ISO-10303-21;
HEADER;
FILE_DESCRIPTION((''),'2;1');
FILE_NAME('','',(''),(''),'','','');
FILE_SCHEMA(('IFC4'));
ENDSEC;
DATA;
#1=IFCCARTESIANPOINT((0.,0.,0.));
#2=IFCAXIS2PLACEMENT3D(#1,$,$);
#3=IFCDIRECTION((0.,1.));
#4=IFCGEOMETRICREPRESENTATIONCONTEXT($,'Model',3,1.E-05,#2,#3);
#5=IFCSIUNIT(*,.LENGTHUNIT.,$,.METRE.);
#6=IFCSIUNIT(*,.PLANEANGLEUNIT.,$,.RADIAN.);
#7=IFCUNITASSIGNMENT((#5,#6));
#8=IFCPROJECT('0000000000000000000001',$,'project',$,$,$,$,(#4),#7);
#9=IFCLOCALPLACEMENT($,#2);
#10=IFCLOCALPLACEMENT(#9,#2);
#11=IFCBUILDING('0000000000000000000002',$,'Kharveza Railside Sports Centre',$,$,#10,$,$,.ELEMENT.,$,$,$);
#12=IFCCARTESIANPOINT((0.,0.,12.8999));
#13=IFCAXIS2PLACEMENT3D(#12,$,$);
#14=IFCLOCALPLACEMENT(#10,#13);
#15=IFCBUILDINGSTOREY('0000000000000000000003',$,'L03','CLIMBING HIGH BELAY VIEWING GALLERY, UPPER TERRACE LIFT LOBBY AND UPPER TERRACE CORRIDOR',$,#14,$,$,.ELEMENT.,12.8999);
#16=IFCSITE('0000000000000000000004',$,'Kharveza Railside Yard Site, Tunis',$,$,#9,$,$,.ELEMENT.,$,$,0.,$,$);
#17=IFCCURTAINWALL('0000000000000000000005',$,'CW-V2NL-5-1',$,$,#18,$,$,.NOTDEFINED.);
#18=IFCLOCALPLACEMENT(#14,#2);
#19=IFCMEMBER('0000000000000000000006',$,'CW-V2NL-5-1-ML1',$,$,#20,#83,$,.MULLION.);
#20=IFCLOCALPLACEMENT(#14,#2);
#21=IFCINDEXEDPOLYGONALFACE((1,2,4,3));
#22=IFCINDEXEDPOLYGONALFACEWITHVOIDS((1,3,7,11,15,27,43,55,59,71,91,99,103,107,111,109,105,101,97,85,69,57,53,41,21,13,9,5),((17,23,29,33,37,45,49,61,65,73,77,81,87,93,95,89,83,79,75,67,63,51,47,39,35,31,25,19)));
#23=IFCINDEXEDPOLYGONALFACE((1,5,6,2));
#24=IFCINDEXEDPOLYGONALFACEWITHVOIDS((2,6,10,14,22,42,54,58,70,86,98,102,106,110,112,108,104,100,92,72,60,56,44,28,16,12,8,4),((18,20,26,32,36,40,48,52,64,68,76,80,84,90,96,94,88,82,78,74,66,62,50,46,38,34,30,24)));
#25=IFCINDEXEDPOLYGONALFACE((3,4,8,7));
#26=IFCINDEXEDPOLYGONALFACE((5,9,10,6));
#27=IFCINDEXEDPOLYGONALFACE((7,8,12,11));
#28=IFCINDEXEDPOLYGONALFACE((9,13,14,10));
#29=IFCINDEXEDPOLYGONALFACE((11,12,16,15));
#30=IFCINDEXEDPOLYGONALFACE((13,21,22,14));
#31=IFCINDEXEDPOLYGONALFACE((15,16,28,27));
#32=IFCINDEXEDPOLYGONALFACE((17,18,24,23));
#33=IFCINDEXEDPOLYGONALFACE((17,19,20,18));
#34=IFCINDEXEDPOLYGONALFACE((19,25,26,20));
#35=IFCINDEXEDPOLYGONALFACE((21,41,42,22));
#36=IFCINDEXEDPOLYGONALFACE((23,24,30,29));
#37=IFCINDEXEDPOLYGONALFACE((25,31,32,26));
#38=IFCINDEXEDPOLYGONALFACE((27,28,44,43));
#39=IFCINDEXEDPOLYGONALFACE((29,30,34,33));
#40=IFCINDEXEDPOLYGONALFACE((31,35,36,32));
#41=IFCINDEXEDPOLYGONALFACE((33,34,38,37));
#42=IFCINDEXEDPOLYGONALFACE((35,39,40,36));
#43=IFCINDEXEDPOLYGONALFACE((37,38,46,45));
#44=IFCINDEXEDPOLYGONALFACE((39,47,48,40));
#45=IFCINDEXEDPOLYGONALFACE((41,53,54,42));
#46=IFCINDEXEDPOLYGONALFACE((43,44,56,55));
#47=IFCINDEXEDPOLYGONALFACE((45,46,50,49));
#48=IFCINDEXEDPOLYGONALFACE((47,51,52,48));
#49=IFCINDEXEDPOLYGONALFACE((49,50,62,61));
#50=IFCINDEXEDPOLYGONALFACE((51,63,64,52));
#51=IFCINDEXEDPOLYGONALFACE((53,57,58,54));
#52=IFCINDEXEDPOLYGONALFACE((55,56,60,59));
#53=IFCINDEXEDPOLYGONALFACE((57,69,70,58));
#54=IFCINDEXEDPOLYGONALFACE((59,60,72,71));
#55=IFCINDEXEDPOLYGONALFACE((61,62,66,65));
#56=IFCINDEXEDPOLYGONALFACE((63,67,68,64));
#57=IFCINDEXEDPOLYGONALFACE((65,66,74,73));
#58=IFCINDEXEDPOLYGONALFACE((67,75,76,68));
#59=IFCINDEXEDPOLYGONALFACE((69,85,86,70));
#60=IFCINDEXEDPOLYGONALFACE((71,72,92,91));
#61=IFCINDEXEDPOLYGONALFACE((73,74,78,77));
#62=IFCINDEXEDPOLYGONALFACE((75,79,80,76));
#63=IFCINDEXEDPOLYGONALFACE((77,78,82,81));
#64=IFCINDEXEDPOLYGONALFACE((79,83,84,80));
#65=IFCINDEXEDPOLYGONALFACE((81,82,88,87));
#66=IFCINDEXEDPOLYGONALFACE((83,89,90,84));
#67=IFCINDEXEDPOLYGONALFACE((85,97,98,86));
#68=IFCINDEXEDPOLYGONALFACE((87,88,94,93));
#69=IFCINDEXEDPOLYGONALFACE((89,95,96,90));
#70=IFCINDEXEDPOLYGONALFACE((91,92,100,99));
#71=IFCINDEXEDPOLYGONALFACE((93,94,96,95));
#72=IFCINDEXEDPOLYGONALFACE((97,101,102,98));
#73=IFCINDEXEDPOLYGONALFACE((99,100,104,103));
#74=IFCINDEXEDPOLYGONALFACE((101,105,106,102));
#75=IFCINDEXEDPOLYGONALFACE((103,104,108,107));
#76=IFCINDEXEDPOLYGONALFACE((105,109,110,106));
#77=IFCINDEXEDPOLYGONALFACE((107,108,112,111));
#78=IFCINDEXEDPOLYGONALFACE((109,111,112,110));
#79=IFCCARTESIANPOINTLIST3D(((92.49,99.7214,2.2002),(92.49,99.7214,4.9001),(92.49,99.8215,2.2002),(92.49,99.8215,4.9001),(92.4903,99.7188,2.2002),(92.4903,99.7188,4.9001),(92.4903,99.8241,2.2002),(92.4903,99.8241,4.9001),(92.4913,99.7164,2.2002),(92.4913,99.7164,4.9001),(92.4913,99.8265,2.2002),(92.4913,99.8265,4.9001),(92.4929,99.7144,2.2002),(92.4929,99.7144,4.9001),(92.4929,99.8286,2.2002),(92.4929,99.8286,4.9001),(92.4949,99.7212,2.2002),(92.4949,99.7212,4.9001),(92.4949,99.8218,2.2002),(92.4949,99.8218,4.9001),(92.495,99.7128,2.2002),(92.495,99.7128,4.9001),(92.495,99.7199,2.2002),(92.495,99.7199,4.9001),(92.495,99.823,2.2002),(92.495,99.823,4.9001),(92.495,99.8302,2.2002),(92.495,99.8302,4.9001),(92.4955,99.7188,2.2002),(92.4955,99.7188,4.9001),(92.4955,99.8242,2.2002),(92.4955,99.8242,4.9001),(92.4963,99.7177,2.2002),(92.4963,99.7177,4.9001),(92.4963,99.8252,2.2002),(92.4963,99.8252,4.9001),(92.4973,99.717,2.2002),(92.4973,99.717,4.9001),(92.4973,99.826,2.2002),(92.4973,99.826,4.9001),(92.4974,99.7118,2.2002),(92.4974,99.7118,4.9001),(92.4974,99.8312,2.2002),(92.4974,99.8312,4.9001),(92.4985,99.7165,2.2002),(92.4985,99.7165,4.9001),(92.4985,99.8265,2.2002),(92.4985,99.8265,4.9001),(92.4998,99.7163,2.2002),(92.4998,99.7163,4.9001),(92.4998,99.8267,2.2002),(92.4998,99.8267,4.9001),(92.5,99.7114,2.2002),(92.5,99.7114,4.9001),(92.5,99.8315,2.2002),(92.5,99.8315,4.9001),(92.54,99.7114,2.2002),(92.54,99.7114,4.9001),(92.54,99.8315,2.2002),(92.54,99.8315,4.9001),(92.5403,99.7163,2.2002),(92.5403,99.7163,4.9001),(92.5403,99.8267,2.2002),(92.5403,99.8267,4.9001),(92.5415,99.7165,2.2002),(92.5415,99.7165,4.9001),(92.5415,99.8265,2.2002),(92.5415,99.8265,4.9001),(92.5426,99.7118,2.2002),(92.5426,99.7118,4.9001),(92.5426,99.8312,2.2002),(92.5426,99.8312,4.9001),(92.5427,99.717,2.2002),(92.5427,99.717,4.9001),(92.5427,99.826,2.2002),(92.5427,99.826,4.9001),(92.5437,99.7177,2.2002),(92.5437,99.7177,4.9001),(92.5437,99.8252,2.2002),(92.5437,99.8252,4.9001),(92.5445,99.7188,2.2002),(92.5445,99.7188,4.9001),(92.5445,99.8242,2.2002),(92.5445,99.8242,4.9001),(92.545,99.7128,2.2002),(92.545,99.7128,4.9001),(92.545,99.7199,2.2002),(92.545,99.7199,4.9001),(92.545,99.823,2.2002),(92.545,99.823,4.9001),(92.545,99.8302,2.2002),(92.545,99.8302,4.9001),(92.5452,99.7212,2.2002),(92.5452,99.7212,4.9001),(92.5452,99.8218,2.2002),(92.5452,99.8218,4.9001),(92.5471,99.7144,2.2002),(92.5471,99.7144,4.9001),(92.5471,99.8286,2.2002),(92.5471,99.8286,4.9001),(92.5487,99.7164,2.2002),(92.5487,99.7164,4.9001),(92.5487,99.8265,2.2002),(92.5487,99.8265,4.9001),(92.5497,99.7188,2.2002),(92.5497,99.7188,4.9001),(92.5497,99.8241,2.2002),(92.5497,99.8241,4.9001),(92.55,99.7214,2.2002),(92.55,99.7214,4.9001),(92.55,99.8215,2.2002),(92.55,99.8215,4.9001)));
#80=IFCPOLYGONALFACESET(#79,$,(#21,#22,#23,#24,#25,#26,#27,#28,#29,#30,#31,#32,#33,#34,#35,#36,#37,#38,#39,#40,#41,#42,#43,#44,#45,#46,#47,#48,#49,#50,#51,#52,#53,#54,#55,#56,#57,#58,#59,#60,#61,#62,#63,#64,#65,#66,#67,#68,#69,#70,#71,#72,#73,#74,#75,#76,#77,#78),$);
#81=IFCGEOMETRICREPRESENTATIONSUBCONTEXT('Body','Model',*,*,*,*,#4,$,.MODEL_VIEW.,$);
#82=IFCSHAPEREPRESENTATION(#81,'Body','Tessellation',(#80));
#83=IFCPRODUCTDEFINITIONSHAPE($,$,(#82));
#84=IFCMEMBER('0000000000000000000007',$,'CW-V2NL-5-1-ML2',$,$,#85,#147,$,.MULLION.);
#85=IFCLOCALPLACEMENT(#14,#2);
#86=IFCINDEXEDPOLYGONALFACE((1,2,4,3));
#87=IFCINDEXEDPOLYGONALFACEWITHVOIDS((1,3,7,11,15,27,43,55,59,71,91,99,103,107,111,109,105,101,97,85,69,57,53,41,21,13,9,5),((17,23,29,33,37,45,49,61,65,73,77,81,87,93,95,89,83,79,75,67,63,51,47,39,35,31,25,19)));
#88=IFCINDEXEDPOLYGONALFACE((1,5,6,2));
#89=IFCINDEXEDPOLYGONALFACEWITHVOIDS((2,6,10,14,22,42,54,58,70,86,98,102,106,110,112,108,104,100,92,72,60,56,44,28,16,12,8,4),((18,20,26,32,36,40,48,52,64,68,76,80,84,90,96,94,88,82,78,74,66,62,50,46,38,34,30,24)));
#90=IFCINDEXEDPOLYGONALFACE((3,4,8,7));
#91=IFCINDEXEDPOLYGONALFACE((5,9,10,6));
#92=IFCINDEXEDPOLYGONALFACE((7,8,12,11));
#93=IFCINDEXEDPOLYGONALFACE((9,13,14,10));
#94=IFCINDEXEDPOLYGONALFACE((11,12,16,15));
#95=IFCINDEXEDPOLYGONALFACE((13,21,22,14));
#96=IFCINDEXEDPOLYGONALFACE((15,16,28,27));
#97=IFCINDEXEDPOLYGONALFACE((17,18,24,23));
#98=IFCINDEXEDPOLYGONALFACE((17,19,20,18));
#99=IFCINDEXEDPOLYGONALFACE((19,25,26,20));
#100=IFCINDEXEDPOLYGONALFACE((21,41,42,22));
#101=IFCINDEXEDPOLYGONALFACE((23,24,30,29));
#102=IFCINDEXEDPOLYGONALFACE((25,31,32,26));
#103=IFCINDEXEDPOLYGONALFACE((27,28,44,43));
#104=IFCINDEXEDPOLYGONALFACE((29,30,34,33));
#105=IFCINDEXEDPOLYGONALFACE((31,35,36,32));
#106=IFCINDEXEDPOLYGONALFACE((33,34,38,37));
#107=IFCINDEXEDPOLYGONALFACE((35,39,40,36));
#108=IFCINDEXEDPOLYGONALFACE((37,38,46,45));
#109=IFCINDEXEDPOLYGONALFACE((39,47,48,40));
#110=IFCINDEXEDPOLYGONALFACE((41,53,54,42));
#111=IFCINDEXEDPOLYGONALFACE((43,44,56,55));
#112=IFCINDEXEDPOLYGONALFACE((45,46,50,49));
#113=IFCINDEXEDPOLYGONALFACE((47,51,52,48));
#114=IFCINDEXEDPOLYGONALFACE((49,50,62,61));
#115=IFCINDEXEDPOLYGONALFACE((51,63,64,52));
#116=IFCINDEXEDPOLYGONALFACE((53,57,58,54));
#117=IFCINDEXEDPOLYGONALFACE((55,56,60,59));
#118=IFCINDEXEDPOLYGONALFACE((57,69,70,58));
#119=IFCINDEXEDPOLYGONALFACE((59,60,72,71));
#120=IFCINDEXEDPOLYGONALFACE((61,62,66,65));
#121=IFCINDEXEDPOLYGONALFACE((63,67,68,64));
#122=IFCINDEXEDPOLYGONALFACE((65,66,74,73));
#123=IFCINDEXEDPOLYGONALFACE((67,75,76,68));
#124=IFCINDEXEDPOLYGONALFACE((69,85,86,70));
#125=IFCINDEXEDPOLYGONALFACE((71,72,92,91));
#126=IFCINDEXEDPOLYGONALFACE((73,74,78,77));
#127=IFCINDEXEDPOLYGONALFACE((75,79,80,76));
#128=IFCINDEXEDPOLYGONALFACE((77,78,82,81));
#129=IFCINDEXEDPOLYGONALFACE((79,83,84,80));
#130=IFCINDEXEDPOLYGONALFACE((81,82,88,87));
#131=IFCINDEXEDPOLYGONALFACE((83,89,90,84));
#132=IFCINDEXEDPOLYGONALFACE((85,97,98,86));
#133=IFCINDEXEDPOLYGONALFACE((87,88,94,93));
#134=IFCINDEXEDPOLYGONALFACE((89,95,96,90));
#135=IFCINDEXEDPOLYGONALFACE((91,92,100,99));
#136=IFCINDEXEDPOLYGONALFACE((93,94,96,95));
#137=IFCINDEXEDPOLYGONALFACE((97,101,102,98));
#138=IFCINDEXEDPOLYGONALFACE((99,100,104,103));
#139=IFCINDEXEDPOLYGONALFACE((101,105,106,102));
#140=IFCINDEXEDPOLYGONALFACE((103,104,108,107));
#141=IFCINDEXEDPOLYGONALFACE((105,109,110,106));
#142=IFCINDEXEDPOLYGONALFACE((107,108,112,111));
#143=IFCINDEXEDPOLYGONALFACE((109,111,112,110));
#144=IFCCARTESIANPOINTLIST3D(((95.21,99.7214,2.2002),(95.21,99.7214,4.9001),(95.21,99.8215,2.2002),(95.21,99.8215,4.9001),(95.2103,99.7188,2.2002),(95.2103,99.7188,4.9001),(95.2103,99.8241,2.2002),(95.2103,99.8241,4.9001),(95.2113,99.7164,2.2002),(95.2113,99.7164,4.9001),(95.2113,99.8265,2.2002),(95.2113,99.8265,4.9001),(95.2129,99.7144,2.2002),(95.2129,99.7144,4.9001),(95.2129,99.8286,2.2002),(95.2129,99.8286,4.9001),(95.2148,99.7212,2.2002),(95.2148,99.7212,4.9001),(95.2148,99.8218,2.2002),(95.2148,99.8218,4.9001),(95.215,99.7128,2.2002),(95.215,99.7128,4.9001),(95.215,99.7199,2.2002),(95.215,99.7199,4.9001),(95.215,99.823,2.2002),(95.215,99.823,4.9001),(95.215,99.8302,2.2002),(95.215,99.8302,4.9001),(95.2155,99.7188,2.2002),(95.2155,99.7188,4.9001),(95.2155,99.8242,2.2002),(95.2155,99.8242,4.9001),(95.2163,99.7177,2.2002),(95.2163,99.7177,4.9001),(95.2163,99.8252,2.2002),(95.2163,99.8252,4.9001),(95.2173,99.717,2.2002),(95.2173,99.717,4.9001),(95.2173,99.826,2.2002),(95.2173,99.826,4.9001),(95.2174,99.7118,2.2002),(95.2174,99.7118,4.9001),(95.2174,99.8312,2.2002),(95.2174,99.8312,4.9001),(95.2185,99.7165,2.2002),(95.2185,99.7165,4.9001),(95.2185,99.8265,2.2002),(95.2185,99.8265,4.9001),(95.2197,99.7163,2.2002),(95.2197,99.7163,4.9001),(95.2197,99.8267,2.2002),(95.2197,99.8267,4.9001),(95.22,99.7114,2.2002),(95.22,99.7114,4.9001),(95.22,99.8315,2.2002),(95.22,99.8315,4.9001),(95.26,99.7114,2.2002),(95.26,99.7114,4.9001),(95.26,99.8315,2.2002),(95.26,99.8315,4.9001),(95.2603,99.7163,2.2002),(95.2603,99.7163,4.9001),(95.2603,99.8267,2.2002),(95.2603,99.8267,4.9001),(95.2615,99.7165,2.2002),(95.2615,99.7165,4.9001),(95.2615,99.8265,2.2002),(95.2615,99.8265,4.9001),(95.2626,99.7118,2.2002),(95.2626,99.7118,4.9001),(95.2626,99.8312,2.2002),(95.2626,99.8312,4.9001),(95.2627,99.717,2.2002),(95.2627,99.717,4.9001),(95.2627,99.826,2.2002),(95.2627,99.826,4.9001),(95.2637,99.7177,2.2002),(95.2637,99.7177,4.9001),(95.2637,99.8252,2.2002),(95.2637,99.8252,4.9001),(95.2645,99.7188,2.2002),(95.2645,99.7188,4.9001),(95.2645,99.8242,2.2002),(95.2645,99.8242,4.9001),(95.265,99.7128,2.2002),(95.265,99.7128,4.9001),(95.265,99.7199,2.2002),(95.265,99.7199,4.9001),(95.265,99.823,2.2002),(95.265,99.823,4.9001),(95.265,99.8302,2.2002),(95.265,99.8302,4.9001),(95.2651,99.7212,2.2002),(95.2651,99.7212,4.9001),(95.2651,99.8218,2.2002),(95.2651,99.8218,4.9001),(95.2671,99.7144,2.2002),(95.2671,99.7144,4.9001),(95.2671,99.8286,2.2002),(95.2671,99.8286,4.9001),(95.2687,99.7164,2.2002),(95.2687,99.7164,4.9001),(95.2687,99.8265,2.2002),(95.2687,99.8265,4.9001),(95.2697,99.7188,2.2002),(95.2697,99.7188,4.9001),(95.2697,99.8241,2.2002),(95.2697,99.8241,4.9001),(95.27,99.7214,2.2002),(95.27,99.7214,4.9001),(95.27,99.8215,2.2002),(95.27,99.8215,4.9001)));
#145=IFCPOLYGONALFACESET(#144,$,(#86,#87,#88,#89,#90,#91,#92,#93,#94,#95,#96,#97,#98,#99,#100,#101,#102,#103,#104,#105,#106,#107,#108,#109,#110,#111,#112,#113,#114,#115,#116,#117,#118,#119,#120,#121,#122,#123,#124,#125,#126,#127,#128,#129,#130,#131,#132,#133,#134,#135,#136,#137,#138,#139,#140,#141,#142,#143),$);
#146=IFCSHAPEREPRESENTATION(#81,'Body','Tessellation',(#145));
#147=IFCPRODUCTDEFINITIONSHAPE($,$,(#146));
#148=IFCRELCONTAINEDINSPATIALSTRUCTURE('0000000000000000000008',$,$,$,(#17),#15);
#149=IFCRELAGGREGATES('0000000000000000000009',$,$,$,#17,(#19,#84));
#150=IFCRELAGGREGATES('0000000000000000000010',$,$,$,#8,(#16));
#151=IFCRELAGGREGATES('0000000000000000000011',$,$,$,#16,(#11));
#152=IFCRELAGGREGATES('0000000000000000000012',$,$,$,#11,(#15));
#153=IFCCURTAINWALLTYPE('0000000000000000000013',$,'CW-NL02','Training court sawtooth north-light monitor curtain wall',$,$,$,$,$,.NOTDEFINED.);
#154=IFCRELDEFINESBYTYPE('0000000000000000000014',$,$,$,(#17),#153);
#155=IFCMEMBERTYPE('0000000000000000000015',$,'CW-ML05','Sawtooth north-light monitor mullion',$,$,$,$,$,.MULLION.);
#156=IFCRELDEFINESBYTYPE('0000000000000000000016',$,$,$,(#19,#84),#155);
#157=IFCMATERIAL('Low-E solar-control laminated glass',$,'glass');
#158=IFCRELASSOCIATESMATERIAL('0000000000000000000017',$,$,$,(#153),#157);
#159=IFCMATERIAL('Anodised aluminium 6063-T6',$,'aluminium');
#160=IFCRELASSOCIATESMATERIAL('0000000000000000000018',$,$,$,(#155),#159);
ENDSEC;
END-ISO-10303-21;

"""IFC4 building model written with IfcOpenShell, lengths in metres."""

from ifc_helpers import new_model, si_unit, direction, frame, origin, origin_2d, place, context, subcontext, project, spatial, hollow_rectangle, extrude, material, material_profile, profile_set, type_object, element, aggregate, save


model = new_model("IFC4")

# Units and contexts
model_context = context("Model", 3, precision=1e-05, world=origin(), true_north=direction((0.0, 1.0)))
body_context = subcontext(model_context, "Body", "Model", "MODEL_VIEW")
ifc_project = project(units=[si_unit("LENGTHUNIT", "METRE"), si_unit("PLANEANGLEUNIT", "RADIAN")], contexts=[model_context])

# Site, building, storey
site_placement = place(None, origin())
site = spatial("IfcSite", under=ifc_project, at=site_placement, Name="Kharveza Railside Yard Site, Tunis", CompositionType="ELEMENT", RefElevation=0.0)
building_placement = place(site_placement, origin())
building = spatial("IfcBuilding", under=site, at=building_placement, Name="Kharveza Railside Sports Centre", CompositionType="ELEMENT")
storey_placement = place(building_placement, frame((0.0, 0.0, 12.8999)))
storey = spatial("IfcBuildingStorey", under=building, at=storey_placement, Name="L03", Description="CLIMBING HIGH BELAY VIEWING GALLERY, UPPER TERRACE LIFT LOBBY AND UPPER TERRACE CORRIDOR", CompositionType="ELEMENT", Elevation=12.8999)

# Curtain wall, members
ifc_material_1 = material(Name="Low-E solar-control laminated glass", Category="glass")
curtain_wall_type = type_object("IfcCurtainWallType", Name="CW-NL02", Description="Training court sawtooth north-light monitor curtain wall", PredefinedType="NOTDEFINED", material=ifc_material_1)
curtain_wall_placement = place(storey_placement, origin())
curtain_wall = element("IfcCurtainWall", 1, at=curtain_wall_placement, inside=storey, type_object=curtain_wall_type, Name="CW-V2NL-5-1", PredefinedType="NOTDEFINED")
ifc_material_2 = material(Name="Anodised aluminium 6063-T6", Category="aluminium")
ifc_material_profile_1 = material_profile(ifc_material_2, hollow_rectangle(XDim=0.0601, YDim=0.1201, WallThickness=0.0049, InnerFilletRadius=0.0049, OuterFilletRadius=0.01, at=origin_2d()), Name="RHS 60x120x5.0")
ifc_profile_set_1 = profile_set([ifc_material_profile_1], Name="Anodised aluminium 6063-T6")
member_type_1 = type_object("IfcMemberType", Name="CW-ML05", Description="Sawtooth north-light monitor mullion", PredefinedType="MULLION", material=ifc_profile_set_1)
member_1_placement = place(storey_placement, frame((92.52, 99.7715, 2.2002), z_axis=(0.0, 0.0, 1.0), x_axis=(1.0, 0.0, 0.0)))
member_1 = element("IfcMember", 2, at=member_1_placement, type_object=member_type_1, Name="CW-V2NL-5-1-ML1", PredefinedType="MULLION", context=body_context, shape_type="SweptSolid", body=[
    extrude(hollow_rectangle(XDim=0.0601, YDim=0.1201, WallThickness=0.0049, InnerFilletRadius=0.0049, OuterFilletRadius=0.01, at=origin_2d()), origin(), (0.0, 0.0, 1.0), 2.7),
])
member_2_placement = place(storey_placement, frame((95.24, 99.7715, 2.2002), z_axis=(0.0, 0.0, 1.0), x_axis=(1.0, 0.0, 0.0)))
member_2 = element("IfcMember", 3, at=member_2_placement, type_object=member_type_1, Name="CW-V2NL-5-1-ML2", PredefinedType="MULLION", context=body_context, shape_type="SweptSolid", body=[
    extrude(hollow_rectangle(XDim=0.0601, YDim=0.1201, WallThickness=0.0049, InnerFilletRadius=0.0049, OuterFilletRadius=0.01, at=origin_2d()), origin(), (0.0, 0.0, 1.0), 2.7),
])

aggregate(curtain_wall, [member_1, member_2])

save(model, "model.ifc")
